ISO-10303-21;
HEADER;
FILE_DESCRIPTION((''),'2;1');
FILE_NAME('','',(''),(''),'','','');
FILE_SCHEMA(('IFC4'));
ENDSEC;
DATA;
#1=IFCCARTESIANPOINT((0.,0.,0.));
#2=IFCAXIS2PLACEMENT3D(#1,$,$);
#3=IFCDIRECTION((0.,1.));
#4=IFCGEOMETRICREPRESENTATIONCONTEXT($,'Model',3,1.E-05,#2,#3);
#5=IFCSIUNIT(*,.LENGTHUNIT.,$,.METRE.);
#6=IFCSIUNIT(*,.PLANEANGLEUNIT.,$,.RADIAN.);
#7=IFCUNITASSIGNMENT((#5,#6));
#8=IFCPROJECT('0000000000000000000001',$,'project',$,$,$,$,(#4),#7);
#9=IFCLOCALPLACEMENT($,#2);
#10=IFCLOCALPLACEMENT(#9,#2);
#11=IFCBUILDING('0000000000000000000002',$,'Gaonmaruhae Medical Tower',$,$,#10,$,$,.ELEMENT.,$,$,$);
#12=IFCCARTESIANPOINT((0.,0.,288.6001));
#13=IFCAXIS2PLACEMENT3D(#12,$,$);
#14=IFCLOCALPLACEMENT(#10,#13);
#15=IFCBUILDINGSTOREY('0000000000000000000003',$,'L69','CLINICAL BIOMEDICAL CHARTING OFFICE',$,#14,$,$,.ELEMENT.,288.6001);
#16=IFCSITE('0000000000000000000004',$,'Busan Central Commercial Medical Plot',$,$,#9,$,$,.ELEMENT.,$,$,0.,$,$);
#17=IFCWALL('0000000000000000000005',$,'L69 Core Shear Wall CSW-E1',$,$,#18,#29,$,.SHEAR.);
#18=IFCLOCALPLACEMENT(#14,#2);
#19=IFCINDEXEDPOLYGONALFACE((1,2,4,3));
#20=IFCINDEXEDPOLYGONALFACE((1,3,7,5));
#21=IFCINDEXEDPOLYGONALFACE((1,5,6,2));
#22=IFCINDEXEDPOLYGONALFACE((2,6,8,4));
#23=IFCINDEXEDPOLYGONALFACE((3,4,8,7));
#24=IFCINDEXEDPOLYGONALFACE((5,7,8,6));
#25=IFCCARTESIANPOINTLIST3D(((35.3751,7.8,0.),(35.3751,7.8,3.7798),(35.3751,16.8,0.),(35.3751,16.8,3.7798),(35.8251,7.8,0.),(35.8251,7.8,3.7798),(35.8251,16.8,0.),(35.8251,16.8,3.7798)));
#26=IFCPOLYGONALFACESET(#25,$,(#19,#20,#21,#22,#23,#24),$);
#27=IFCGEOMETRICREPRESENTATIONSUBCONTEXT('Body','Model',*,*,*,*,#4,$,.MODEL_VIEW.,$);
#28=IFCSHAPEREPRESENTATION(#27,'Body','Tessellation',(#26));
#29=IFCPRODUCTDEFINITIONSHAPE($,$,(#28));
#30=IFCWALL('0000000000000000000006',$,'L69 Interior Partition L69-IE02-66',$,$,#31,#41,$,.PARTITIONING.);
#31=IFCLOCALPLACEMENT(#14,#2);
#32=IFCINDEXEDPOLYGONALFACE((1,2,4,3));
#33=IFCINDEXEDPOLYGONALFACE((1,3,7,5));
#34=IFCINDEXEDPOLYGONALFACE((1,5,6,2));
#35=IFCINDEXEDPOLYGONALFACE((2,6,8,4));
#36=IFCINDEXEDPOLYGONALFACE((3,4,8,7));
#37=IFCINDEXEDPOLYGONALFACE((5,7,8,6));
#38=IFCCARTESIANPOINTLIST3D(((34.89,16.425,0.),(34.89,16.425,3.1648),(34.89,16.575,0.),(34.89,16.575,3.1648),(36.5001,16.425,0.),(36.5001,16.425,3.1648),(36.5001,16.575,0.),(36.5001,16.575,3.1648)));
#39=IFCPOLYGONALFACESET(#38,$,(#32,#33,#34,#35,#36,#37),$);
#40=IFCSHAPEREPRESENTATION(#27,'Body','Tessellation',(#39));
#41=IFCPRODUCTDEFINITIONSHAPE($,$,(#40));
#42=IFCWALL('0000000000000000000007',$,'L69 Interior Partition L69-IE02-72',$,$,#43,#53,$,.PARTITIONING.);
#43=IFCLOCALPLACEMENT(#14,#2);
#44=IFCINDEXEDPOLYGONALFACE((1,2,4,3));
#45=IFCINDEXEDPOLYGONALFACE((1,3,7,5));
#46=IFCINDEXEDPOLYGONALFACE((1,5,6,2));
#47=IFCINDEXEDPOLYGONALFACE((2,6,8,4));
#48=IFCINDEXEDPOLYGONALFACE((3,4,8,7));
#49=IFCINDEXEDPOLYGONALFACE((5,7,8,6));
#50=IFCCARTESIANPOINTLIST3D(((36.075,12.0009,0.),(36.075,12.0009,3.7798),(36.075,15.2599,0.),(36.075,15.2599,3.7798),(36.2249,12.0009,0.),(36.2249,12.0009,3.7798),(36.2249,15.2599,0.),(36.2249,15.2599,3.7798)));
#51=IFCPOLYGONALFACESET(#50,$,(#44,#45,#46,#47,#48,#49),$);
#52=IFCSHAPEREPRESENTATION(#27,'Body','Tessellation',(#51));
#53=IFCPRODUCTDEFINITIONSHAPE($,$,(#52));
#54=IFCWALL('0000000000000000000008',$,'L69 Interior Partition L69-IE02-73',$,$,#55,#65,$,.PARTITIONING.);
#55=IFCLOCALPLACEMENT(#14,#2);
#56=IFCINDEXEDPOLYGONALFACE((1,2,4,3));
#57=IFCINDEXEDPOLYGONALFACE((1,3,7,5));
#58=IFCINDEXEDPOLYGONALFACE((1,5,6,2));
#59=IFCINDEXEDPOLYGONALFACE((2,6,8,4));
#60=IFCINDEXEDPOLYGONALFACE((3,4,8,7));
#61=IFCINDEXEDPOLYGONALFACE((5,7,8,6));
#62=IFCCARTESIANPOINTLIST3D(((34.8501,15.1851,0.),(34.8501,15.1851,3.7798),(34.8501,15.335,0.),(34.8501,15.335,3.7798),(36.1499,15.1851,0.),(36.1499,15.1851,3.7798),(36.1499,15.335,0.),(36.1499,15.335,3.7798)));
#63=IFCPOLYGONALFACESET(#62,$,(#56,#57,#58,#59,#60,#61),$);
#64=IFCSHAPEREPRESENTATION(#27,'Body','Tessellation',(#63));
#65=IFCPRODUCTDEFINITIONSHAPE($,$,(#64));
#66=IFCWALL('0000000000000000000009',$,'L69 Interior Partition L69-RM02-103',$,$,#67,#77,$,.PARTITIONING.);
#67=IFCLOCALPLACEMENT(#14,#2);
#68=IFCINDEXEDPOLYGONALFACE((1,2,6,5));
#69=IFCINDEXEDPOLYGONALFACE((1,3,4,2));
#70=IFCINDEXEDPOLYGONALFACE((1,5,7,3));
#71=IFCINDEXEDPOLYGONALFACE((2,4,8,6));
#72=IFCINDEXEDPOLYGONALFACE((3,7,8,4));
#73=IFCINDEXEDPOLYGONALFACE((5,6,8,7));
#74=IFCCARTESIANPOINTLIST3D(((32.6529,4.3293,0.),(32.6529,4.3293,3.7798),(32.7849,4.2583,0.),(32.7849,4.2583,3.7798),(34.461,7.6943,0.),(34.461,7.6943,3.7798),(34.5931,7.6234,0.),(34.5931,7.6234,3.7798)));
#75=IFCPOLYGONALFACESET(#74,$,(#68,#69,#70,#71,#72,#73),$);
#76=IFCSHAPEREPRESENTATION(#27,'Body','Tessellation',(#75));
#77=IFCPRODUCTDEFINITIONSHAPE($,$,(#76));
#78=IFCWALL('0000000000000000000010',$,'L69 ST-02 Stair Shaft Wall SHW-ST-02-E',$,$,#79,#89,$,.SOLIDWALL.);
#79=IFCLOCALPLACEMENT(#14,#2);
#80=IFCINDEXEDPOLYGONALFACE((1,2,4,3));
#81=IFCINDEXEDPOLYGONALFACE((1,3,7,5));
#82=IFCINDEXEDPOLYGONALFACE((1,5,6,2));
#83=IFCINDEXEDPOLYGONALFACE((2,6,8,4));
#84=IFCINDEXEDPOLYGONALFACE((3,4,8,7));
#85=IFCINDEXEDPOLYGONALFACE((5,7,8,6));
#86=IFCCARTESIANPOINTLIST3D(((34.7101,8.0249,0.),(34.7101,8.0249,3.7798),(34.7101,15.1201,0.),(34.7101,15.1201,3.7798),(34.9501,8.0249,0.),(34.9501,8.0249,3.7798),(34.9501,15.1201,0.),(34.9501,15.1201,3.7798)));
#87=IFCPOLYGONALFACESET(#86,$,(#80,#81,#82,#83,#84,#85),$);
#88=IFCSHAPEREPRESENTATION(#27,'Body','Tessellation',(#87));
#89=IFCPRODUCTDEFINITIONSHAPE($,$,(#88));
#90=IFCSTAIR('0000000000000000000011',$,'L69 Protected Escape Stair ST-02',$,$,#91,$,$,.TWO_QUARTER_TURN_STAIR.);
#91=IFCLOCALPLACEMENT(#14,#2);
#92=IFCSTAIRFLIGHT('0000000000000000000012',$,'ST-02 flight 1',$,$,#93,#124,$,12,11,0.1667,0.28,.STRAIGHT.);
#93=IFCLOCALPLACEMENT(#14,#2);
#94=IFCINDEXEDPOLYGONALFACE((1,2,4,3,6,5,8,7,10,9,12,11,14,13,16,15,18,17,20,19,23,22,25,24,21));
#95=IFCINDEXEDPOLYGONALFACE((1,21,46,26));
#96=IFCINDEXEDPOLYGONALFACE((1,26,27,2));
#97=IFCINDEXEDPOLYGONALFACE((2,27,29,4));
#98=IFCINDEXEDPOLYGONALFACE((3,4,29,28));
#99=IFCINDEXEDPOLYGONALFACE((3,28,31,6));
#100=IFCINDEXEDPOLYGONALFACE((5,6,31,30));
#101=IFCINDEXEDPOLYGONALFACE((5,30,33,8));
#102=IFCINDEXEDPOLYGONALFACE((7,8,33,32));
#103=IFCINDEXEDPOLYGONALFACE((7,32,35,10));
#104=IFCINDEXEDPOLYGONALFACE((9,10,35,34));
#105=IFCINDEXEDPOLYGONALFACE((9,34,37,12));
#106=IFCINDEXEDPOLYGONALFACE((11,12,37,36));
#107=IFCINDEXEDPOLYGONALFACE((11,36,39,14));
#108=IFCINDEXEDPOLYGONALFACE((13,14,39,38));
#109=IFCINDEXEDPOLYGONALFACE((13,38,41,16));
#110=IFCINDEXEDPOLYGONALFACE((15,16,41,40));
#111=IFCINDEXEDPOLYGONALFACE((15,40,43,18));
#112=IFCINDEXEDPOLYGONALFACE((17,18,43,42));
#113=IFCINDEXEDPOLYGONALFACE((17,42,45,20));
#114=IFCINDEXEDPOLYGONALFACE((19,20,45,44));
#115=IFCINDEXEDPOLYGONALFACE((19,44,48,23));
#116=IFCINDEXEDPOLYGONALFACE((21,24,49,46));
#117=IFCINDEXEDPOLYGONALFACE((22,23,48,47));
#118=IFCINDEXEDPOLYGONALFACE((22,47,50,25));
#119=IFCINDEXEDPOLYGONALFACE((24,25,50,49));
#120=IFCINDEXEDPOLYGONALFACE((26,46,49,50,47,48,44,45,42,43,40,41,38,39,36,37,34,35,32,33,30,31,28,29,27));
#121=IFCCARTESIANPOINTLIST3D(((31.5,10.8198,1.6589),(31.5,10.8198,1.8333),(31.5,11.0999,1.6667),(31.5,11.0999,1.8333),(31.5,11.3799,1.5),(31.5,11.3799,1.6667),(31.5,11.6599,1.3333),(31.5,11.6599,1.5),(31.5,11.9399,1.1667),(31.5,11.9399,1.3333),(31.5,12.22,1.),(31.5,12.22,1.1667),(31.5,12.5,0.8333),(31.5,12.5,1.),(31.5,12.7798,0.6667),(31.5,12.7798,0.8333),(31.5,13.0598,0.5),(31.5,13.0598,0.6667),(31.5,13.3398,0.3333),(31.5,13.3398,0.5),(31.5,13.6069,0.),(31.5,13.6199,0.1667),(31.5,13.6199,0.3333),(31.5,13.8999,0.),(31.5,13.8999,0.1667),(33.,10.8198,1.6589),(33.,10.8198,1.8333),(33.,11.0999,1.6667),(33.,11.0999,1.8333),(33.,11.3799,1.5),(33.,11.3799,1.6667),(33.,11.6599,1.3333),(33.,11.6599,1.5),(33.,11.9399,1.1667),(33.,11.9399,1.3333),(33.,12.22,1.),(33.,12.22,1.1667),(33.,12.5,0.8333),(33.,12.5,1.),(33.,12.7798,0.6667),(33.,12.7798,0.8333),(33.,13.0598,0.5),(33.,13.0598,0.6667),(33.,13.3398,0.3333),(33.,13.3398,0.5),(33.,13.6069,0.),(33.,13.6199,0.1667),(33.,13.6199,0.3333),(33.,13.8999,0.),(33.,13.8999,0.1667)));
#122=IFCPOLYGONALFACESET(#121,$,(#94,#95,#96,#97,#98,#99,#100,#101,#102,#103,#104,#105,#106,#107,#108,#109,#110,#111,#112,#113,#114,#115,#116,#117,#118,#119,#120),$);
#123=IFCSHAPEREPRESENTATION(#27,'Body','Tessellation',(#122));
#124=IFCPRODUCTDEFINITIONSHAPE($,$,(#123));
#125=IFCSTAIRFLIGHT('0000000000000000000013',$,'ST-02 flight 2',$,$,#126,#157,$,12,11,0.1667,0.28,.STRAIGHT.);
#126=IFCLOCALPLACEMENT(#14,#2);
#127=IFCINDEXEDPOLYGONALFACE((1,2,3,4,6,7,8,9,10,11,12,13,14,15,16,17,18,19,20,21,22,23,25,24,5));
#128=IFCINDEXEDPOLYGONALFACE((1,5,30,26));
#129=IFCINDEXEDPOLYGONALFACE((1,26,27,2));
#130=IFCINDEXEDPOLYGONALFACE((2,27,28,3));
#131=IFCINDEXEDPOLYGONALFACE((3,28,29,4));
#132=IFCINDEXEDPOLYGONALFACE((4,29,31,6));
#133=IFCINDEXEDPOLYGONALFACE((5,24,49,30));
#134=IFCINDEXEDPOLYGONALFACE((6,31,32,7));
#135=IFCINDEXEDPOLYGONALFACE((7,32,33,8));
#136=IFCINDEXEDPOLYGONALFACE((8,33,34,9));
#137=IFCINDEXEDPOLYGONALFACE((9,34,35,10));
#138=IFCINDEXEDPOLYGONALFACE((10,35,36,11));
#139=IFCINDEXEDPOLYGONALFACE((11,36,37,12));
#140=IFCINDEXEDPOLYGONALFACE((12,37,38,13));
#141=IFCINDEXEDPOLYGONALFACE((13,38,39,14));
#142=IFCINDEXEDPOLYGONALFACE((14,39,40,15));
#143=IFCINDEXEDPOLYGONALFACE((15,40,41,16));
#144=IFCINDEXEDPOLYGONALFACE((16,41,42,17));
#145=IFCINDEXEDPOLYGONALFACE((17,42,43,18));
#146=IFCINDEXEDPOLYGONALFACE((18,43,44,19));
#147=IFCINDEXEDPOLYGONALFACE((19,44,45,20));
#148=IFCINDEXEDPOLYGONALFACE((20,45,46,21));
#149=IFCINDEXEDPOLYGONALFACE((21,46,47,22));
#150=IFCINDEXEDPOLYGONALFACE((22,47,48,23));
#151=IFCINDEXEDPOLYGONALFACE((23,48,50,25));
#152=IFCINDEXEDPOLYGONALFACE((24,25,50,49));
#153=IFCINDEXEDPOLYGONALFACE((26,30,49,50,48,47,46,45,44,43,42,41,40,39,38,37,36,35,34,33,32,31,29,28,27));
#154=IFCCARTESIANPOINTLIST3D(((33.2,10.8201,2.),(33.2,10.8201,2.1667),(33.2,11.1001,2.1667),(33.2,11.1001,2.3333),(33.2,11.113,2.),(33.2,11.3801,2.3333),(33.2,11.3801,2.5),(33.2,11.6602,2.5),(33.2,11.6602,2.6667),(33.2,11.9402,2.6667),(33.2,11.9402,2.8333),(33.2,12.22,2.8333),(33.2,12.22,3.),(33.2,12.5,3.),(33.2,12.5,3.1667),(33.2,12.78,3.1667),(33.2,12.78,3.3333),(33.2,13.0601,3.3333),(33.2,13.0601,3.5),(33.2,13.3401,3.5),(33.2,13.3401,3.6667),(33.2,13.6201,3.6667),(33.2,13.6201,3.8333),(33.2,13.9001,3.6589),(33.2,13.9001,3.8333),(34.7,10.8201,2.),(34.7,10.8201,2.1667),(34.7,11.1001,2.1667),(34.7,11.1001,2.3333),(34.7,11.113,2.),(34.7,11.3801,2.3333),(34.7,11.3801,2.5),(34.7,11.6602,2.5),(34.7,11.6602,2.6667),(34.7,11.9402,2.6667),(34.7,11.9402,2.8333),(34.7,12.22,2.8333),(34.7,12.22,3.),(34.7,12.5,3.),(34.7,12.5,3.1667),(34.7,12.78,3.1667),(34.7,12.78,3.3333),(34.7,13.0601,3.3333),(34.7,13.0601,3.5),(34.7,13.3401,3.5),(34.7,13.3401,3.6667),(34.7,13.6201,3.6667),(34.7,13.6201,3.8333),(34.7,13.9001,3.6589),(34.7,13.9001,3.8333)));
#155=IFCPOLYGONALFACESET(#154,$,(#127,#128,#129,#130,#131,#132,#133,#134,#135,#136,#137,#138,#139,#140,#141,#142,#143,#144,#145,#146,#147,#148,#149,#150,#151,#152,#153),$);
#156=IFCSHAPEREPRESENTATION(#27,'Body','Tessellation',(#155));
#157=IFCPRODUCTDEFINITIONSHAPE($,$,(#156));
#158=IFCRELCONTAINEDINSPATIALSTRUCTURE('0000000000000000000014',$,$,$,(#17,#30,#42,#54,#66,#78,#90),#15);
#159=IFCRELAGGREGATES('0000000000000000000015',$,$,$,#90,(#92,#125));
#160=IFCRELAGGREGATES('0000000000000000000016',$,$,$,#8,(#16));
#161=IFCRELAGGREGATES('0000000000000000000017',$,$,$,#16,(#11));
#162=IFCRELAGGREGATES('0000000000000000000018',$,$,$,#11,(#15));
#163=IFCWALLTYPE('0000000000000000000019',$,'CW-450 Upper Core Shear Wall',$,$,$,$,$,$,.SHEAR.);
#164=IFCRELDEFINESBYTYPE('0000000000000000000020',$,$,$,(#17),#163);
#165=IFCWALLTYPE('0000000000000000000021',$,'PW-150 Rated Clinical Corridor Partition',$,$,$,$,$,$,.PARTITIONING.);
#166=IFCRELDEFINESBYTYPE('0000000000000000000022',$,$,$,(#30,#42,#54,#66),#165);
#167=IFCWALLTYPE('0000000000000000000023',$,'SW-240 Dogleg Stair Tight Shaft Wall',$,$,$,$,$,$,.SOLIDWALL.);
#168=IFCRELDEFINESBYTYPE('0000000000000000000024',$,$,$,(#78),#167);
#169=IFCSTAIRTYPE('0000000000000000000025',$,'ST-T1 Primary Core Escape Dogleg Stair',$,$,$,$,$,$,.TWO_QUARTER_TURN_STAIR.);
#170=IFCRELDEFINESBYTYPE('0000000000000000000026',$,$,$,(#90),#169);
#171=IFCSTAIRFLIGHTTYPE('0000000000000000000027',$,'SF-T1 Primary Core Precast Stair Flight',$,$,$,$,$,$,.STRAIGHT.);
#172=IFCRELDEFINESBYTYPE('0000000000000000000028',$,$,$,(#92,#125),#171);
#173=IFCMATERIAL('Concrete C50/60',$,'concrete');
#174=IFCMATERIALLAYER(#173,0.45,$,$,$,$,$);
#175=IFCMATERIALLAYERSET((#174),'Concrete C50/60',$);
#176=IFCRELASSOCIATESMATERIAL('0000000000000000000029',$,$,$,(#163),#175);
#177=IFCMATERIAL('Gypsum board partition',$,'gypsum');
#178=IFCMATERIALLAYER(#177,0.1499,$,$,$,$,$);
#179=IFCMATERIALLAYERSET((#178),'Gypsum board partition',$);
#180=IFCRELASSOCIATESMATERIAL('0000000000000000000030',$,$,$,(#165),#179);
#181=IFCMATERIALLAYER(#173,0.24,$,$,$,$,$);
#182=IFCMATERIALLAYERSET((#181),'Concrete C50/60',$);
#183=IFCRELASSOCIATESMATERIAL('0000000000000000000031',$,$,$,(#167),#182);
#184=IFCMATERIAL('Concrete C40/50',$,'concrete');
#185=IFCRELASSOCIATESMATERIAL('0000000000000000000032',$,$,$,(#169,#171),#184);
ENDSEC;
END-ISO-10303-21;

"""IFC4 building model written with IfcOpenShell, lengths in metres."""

from ifc_helpers import new_model, si_unit, direction, frame, frame_2d, origin, place, context, subcontext, project, spatial, polyline, rectangle, outline, extrude, material, layer, layer_set, type_object, element, aggregate, save


model = new_model("IFC4")

# Units and contexts
model_context = context("Model", 3, precision=1e-05, world=origin(), true_north=direction((0.0, 1.0)))
body_context = subcontext(model_context, "Body", "Model", "MODEL_VIEW")
ifc_project = project(units=[si_unit("LENGTHUNIT", "METRE"), si_unit("PLANEANGLEUNIT", "RADIAN")], contexts=[model_context])

# Site, building, storey
site_placement = place(None, origin())
site = spatial("IfcSite", under=ifc_project, at=site_placement, Name="Busan Central Commercial Medical Plot", CompositionType="ELEMENT", RefElevation=0.0)
building_placement = place(site_placement, origin())
building = spatial("IfcBuilding", under=site, at=building_placement, Name="Gaonmaruhae Medical Tower", CompositionType="ELEMENT")
storey_placement = place(building_placement, frame((0.0, 0.0, 288.6001)))
storey = spatial("IfcBuildingStorey", under=building, at=storey_placement, Name="L69", Description="CLINICAL BIOMEDICAL CHARTING OFFICE", CompositionType="ELEMENT", Elevation=288.6001)

# Shared definitions
ifc_material_1 = material(Name="Concrete C50/60", Category="concrete")

# Walls
ifc_layer_1 = layer(ifc_material_1, 0.45)
ifc_layer_set_1 = layer_set([ifc_layer_1], Name="Concrete C50/60")
wall_type_1 = type_object("IfcWallType", Name="CW-450 Upper Core Shear Wall", PredefinedType="SHEAR", material=ifc_layer_set_1)
wall_1_placement = place(storey_placement, frame((35.6001, 7.8, 0.0), z_axis=(0.0, 0.0, 1.0), x_axis=(0.0, 1.0, 0.0)))
element("IfcWall", 1, at=wall_1_placement, inside=storey, type_object=wall_type_1, Name="L69 Core Shear Wall CSW-E1", PredefinedType="SHEAR", context=body_context, shape_type="SweptSolid", body=[
    extrude(rectangle(XDim=9.0, YDim=0.45, at=frame_2d((4.5, 0.0))), origin(), (0.0, 0.0, 1.0), 3.7798),
])
ifc_material_2 = material(Name="Gypsum board partition", Category="gypsum")
ifc_layer_2 = layer(ifc_material_2, 0.1499)
ifc_layer_set_2 = layer_set([ifc_layer_2], Name="Gypsum board partition")
wall_type_2 = type_object("IfcWallType", Name="PW-150 Rated Clinical Corridor Partition", PredefinedType="PARTITIONING", material=ifc_layer_set_2)
wall_2_placement = place(storey_placement, frame((34.8899, 16.5, 0.0), z_axis=(0.0, 0.0, 1.0), x_axis=(1.0, 0.0, 0.0)))
element("IfcWall", 2, at=wall_2_placement, inside=storey, type_object=wall_type_2, Name="L69 Interior Partition L69-IE02-66", PredefinedType="PARTITIONING", context=body_context, shape_type="SweptSolid", body=[
    extrude(rectangle(XDim=1.6101, YDim=0.1499, at=frame_2d((0.8052, 0.0))), origin(), (0.0, 0.0, 1.0), 3.1648),
])
wall_3_placement = place(storey_placement, frame((36.1499, 12.001, 0.0), z_axis=(0.0, 0.0, 1.0), x_axis=(0.0, 1.0, 0.0)))
element("IfcWall", 3, at=wall_3_placement, inside=storey, type_object=wall_type_2, Name="L69 Interior Partition L69-IE02-72", PredefinedType="PARTITIONING", context=body_context, shape_type="SweptSolid", body=[
    extrude(rectangle(XDim=3.259, YDim=0.1499, at=frame_2d((1.6294, 0.0))), origin(), (0.0, 0.0, 1.0), 3.7798),
])
wall_4_placement = place(storey_placement, frame((36.1499, 15.26, 0.0), z_axis=(0.0, 0.0, 1.0), x_axis=(-1.0, 0.0, 0.0)))
element("IfcWall", 4, at=wall_4_placement, inside=storey, type_object=wall_type_2, Name="L69 Interior Partition L69-IE02-73", PredefinedType="PARTITIONING", context=body_context, shape_type="SweptSolid", body=[
    extrude(rectangle(XDim=1.2998, YDim=0.1499, at=frame_2d((0.6499, 0.0))), origin(), (0.0, 0.0, 1.0), 3.7798),
])
wall_5_placement = place(storey_placement, frame((34.5271, 7.6589, 0.0), z_axis=(0.0, 0.0, 1.0), x_axis=(-0.473326, -0.880887, 0.0)))
element("IfcWall", 5, at=wall_5_placement, inside=storey, type_object=wall_type_2, Name="L69 Interior Partition L69-RM02-103", PredefinedType="PARTITIONING", context=body_context, shape_type="SweptSolid", body=[
    extrude(rectangle(XDim=3.8201, YDim=0.1499, at=frame_2d((1.9102, 0.0))), origin(), (0.0, 0.0, 1.0), 3.7798),
])
ifc_layer_3 = layer(ifc_material_1, 0.24)
ifc_layer_set_3 = layer_set([ifc_layer_3], Name="Concrete C50/60")
wall_type_3 = type_object("IfcWallType", Name="SW-240 Dogleg Stair Tight Shaft Wall", PredefinedType="SOLIDWALL", material=ifc_layer_set_3)
wall_6_placement = place(storey_placement, frame((34.8301, 15.1201, 0.0), z_axis=(0.0, 0.0, 1.0), x_axis=(0.0, -1.0, 0.0)))
element("IfcWall", 6, at=wall_6_placement, inside=storey, type_object=wall_type_3, Name="L69 ST-02 Stair Shaft Wall SHW-ST-02-E", PredefinedType="SOLIDWALL", context=body_context, shape_type="SweptSolid", body=[
    extrude(rectangle(XDim=7.0952, YDim=0.24, at=frame_2d((3.5476, 0.0))), origin(), (0.0, 0.0, 1.0), 3.7798),
])

# Stair, stair flights
ifc_material_3 = material(Name="Concrete C40/50", Category="concrete")
stair_type = type_object("IfcStairType", Name="ST-T1 Primary Core Escape Dogleg Stair", PredefinedType="TWO_QUARTER_TURN_STAIR", material=ifc_material_3)
stair_placement = place(storey_placement, origin())
stair = element("IfcStair", 7, at=stair_placement, inside=storey, type_object=stair_type, Name="L69 Protected Escape Stair ST-02", PredefinedType="TWO_QUARTER_TURN_STAIR")
stair_flight_type = type_object("IfcStairFlightType", Name="SF-T1 Primary Core Precast Stair Flight", PredefinedType="STRAIGHT", material=ifc_material_3)
stair_flight_1_placement = place(storey_placement, frame((32.25, 13.8999, 0.0), z_axis=(0.0, 0.0, 1.0), x_axis=(0.0, -1.0, 0.0)))
stair_flight_1 = element("IfcStairFlight", 8, at=stair_flight_1_placement, type_object=stair_flight_type, Name="ST-02 flight 1", NumberOfRisers=12, NumberOfTreads=11, PredefinedType="STRAIGHT", RiserHeight=0.1667, TreadLength=0.28, context=body_context, shape_type="SweptSolid", body=[
    extrude(outline(polyline([(0.0, 0.0), (0.0, 0.1667), (0.28, 0.1667), (0.28, 0.3333), (0.5601, 0.3333), (0.5601, 0.5), (0.8401, 0.5), (0.8401, 0.6667), (1.1201, 0.6667), (1.1201, 0.8333), (1.3999, 0.8333), (1.3999, 1.0), (1.6799, 1.0), (1.6799, 1.1667), (1.96, 1.1667), (1.96, 1.3333), (2.24, 1.3333), (2.24, 1.5), (2.52, 1.5), (2.52, 1.6667), (2.8, 1.6667), (2.8, 1.8333), (3.0801, 1.8333), (3.0801, 2.0), (3.0801, 1.6589), (0.293, 0.0), (0.0, 0.0)])), frame((0.0, 0.75, 0.0), z_axis=(0.0, -1.0, 0.0), x_axis=(1.0, 0.0, 0.0)), (0.0, 0.0, 1.0), 1.5),
])
stair_flight_2_placement = place(storey_placement, frame((33.95, 10.8201, 2.0), z_axis=(0.0, 0.0, 1.0), x_axis=(0.0, 1.0, 0.0)))
stair_flight_2 = element("IfcStairFlight", 9, at=stair_flight_2_placement, type_object=stair_flight_type, Name="ST-02 flight 2", NumberOfRisers=12, NumberOfTreads=11, PredefinedType="STRAIGHT", RiserHeight=0.1667, TreadLength=0.28, context=body_context, shape_type="SweptSolid", body=[
    extrude(outline(polyline([(0.0, 0.0), (0.0, 0.1667), (0.28, 0.1667), (0.28, 0.3333), (0.5601, 0.3333), (0.5601, 0.5), (0.8401, 0.5), (0.8401, 0.6667), (1.1201, 0.6667), (1.1201, 0.8333), (1.3999, 0.8333), (1.3999, 1.0), (1.6799, 1.0), (1.6799, 1.1667), (1.96, 1.1667), (1.96, 1.3333), (2.24, 1.3333), (2.24, 1.5), (2.52, 1.5), (2.52, 1.6667), (2.8, 1.6667), (2.8, 1.8333), (3.0801, 1.8333), (3.0801, 2.0), (3.0801, 1.6589), (0.293, 0.0), (0.0, 0.0)])), frame((0.0, 0.75, 0.0), z_axis=(0.0, -1.0, 0.0), x_axis=(1.0, 0.0, 0.0)), (0.0, 0.0, 1.0), 1.5),
])
aggregate(stair, [stair_flight_1, stair_flight_2])

save(model, "model.ifc")
